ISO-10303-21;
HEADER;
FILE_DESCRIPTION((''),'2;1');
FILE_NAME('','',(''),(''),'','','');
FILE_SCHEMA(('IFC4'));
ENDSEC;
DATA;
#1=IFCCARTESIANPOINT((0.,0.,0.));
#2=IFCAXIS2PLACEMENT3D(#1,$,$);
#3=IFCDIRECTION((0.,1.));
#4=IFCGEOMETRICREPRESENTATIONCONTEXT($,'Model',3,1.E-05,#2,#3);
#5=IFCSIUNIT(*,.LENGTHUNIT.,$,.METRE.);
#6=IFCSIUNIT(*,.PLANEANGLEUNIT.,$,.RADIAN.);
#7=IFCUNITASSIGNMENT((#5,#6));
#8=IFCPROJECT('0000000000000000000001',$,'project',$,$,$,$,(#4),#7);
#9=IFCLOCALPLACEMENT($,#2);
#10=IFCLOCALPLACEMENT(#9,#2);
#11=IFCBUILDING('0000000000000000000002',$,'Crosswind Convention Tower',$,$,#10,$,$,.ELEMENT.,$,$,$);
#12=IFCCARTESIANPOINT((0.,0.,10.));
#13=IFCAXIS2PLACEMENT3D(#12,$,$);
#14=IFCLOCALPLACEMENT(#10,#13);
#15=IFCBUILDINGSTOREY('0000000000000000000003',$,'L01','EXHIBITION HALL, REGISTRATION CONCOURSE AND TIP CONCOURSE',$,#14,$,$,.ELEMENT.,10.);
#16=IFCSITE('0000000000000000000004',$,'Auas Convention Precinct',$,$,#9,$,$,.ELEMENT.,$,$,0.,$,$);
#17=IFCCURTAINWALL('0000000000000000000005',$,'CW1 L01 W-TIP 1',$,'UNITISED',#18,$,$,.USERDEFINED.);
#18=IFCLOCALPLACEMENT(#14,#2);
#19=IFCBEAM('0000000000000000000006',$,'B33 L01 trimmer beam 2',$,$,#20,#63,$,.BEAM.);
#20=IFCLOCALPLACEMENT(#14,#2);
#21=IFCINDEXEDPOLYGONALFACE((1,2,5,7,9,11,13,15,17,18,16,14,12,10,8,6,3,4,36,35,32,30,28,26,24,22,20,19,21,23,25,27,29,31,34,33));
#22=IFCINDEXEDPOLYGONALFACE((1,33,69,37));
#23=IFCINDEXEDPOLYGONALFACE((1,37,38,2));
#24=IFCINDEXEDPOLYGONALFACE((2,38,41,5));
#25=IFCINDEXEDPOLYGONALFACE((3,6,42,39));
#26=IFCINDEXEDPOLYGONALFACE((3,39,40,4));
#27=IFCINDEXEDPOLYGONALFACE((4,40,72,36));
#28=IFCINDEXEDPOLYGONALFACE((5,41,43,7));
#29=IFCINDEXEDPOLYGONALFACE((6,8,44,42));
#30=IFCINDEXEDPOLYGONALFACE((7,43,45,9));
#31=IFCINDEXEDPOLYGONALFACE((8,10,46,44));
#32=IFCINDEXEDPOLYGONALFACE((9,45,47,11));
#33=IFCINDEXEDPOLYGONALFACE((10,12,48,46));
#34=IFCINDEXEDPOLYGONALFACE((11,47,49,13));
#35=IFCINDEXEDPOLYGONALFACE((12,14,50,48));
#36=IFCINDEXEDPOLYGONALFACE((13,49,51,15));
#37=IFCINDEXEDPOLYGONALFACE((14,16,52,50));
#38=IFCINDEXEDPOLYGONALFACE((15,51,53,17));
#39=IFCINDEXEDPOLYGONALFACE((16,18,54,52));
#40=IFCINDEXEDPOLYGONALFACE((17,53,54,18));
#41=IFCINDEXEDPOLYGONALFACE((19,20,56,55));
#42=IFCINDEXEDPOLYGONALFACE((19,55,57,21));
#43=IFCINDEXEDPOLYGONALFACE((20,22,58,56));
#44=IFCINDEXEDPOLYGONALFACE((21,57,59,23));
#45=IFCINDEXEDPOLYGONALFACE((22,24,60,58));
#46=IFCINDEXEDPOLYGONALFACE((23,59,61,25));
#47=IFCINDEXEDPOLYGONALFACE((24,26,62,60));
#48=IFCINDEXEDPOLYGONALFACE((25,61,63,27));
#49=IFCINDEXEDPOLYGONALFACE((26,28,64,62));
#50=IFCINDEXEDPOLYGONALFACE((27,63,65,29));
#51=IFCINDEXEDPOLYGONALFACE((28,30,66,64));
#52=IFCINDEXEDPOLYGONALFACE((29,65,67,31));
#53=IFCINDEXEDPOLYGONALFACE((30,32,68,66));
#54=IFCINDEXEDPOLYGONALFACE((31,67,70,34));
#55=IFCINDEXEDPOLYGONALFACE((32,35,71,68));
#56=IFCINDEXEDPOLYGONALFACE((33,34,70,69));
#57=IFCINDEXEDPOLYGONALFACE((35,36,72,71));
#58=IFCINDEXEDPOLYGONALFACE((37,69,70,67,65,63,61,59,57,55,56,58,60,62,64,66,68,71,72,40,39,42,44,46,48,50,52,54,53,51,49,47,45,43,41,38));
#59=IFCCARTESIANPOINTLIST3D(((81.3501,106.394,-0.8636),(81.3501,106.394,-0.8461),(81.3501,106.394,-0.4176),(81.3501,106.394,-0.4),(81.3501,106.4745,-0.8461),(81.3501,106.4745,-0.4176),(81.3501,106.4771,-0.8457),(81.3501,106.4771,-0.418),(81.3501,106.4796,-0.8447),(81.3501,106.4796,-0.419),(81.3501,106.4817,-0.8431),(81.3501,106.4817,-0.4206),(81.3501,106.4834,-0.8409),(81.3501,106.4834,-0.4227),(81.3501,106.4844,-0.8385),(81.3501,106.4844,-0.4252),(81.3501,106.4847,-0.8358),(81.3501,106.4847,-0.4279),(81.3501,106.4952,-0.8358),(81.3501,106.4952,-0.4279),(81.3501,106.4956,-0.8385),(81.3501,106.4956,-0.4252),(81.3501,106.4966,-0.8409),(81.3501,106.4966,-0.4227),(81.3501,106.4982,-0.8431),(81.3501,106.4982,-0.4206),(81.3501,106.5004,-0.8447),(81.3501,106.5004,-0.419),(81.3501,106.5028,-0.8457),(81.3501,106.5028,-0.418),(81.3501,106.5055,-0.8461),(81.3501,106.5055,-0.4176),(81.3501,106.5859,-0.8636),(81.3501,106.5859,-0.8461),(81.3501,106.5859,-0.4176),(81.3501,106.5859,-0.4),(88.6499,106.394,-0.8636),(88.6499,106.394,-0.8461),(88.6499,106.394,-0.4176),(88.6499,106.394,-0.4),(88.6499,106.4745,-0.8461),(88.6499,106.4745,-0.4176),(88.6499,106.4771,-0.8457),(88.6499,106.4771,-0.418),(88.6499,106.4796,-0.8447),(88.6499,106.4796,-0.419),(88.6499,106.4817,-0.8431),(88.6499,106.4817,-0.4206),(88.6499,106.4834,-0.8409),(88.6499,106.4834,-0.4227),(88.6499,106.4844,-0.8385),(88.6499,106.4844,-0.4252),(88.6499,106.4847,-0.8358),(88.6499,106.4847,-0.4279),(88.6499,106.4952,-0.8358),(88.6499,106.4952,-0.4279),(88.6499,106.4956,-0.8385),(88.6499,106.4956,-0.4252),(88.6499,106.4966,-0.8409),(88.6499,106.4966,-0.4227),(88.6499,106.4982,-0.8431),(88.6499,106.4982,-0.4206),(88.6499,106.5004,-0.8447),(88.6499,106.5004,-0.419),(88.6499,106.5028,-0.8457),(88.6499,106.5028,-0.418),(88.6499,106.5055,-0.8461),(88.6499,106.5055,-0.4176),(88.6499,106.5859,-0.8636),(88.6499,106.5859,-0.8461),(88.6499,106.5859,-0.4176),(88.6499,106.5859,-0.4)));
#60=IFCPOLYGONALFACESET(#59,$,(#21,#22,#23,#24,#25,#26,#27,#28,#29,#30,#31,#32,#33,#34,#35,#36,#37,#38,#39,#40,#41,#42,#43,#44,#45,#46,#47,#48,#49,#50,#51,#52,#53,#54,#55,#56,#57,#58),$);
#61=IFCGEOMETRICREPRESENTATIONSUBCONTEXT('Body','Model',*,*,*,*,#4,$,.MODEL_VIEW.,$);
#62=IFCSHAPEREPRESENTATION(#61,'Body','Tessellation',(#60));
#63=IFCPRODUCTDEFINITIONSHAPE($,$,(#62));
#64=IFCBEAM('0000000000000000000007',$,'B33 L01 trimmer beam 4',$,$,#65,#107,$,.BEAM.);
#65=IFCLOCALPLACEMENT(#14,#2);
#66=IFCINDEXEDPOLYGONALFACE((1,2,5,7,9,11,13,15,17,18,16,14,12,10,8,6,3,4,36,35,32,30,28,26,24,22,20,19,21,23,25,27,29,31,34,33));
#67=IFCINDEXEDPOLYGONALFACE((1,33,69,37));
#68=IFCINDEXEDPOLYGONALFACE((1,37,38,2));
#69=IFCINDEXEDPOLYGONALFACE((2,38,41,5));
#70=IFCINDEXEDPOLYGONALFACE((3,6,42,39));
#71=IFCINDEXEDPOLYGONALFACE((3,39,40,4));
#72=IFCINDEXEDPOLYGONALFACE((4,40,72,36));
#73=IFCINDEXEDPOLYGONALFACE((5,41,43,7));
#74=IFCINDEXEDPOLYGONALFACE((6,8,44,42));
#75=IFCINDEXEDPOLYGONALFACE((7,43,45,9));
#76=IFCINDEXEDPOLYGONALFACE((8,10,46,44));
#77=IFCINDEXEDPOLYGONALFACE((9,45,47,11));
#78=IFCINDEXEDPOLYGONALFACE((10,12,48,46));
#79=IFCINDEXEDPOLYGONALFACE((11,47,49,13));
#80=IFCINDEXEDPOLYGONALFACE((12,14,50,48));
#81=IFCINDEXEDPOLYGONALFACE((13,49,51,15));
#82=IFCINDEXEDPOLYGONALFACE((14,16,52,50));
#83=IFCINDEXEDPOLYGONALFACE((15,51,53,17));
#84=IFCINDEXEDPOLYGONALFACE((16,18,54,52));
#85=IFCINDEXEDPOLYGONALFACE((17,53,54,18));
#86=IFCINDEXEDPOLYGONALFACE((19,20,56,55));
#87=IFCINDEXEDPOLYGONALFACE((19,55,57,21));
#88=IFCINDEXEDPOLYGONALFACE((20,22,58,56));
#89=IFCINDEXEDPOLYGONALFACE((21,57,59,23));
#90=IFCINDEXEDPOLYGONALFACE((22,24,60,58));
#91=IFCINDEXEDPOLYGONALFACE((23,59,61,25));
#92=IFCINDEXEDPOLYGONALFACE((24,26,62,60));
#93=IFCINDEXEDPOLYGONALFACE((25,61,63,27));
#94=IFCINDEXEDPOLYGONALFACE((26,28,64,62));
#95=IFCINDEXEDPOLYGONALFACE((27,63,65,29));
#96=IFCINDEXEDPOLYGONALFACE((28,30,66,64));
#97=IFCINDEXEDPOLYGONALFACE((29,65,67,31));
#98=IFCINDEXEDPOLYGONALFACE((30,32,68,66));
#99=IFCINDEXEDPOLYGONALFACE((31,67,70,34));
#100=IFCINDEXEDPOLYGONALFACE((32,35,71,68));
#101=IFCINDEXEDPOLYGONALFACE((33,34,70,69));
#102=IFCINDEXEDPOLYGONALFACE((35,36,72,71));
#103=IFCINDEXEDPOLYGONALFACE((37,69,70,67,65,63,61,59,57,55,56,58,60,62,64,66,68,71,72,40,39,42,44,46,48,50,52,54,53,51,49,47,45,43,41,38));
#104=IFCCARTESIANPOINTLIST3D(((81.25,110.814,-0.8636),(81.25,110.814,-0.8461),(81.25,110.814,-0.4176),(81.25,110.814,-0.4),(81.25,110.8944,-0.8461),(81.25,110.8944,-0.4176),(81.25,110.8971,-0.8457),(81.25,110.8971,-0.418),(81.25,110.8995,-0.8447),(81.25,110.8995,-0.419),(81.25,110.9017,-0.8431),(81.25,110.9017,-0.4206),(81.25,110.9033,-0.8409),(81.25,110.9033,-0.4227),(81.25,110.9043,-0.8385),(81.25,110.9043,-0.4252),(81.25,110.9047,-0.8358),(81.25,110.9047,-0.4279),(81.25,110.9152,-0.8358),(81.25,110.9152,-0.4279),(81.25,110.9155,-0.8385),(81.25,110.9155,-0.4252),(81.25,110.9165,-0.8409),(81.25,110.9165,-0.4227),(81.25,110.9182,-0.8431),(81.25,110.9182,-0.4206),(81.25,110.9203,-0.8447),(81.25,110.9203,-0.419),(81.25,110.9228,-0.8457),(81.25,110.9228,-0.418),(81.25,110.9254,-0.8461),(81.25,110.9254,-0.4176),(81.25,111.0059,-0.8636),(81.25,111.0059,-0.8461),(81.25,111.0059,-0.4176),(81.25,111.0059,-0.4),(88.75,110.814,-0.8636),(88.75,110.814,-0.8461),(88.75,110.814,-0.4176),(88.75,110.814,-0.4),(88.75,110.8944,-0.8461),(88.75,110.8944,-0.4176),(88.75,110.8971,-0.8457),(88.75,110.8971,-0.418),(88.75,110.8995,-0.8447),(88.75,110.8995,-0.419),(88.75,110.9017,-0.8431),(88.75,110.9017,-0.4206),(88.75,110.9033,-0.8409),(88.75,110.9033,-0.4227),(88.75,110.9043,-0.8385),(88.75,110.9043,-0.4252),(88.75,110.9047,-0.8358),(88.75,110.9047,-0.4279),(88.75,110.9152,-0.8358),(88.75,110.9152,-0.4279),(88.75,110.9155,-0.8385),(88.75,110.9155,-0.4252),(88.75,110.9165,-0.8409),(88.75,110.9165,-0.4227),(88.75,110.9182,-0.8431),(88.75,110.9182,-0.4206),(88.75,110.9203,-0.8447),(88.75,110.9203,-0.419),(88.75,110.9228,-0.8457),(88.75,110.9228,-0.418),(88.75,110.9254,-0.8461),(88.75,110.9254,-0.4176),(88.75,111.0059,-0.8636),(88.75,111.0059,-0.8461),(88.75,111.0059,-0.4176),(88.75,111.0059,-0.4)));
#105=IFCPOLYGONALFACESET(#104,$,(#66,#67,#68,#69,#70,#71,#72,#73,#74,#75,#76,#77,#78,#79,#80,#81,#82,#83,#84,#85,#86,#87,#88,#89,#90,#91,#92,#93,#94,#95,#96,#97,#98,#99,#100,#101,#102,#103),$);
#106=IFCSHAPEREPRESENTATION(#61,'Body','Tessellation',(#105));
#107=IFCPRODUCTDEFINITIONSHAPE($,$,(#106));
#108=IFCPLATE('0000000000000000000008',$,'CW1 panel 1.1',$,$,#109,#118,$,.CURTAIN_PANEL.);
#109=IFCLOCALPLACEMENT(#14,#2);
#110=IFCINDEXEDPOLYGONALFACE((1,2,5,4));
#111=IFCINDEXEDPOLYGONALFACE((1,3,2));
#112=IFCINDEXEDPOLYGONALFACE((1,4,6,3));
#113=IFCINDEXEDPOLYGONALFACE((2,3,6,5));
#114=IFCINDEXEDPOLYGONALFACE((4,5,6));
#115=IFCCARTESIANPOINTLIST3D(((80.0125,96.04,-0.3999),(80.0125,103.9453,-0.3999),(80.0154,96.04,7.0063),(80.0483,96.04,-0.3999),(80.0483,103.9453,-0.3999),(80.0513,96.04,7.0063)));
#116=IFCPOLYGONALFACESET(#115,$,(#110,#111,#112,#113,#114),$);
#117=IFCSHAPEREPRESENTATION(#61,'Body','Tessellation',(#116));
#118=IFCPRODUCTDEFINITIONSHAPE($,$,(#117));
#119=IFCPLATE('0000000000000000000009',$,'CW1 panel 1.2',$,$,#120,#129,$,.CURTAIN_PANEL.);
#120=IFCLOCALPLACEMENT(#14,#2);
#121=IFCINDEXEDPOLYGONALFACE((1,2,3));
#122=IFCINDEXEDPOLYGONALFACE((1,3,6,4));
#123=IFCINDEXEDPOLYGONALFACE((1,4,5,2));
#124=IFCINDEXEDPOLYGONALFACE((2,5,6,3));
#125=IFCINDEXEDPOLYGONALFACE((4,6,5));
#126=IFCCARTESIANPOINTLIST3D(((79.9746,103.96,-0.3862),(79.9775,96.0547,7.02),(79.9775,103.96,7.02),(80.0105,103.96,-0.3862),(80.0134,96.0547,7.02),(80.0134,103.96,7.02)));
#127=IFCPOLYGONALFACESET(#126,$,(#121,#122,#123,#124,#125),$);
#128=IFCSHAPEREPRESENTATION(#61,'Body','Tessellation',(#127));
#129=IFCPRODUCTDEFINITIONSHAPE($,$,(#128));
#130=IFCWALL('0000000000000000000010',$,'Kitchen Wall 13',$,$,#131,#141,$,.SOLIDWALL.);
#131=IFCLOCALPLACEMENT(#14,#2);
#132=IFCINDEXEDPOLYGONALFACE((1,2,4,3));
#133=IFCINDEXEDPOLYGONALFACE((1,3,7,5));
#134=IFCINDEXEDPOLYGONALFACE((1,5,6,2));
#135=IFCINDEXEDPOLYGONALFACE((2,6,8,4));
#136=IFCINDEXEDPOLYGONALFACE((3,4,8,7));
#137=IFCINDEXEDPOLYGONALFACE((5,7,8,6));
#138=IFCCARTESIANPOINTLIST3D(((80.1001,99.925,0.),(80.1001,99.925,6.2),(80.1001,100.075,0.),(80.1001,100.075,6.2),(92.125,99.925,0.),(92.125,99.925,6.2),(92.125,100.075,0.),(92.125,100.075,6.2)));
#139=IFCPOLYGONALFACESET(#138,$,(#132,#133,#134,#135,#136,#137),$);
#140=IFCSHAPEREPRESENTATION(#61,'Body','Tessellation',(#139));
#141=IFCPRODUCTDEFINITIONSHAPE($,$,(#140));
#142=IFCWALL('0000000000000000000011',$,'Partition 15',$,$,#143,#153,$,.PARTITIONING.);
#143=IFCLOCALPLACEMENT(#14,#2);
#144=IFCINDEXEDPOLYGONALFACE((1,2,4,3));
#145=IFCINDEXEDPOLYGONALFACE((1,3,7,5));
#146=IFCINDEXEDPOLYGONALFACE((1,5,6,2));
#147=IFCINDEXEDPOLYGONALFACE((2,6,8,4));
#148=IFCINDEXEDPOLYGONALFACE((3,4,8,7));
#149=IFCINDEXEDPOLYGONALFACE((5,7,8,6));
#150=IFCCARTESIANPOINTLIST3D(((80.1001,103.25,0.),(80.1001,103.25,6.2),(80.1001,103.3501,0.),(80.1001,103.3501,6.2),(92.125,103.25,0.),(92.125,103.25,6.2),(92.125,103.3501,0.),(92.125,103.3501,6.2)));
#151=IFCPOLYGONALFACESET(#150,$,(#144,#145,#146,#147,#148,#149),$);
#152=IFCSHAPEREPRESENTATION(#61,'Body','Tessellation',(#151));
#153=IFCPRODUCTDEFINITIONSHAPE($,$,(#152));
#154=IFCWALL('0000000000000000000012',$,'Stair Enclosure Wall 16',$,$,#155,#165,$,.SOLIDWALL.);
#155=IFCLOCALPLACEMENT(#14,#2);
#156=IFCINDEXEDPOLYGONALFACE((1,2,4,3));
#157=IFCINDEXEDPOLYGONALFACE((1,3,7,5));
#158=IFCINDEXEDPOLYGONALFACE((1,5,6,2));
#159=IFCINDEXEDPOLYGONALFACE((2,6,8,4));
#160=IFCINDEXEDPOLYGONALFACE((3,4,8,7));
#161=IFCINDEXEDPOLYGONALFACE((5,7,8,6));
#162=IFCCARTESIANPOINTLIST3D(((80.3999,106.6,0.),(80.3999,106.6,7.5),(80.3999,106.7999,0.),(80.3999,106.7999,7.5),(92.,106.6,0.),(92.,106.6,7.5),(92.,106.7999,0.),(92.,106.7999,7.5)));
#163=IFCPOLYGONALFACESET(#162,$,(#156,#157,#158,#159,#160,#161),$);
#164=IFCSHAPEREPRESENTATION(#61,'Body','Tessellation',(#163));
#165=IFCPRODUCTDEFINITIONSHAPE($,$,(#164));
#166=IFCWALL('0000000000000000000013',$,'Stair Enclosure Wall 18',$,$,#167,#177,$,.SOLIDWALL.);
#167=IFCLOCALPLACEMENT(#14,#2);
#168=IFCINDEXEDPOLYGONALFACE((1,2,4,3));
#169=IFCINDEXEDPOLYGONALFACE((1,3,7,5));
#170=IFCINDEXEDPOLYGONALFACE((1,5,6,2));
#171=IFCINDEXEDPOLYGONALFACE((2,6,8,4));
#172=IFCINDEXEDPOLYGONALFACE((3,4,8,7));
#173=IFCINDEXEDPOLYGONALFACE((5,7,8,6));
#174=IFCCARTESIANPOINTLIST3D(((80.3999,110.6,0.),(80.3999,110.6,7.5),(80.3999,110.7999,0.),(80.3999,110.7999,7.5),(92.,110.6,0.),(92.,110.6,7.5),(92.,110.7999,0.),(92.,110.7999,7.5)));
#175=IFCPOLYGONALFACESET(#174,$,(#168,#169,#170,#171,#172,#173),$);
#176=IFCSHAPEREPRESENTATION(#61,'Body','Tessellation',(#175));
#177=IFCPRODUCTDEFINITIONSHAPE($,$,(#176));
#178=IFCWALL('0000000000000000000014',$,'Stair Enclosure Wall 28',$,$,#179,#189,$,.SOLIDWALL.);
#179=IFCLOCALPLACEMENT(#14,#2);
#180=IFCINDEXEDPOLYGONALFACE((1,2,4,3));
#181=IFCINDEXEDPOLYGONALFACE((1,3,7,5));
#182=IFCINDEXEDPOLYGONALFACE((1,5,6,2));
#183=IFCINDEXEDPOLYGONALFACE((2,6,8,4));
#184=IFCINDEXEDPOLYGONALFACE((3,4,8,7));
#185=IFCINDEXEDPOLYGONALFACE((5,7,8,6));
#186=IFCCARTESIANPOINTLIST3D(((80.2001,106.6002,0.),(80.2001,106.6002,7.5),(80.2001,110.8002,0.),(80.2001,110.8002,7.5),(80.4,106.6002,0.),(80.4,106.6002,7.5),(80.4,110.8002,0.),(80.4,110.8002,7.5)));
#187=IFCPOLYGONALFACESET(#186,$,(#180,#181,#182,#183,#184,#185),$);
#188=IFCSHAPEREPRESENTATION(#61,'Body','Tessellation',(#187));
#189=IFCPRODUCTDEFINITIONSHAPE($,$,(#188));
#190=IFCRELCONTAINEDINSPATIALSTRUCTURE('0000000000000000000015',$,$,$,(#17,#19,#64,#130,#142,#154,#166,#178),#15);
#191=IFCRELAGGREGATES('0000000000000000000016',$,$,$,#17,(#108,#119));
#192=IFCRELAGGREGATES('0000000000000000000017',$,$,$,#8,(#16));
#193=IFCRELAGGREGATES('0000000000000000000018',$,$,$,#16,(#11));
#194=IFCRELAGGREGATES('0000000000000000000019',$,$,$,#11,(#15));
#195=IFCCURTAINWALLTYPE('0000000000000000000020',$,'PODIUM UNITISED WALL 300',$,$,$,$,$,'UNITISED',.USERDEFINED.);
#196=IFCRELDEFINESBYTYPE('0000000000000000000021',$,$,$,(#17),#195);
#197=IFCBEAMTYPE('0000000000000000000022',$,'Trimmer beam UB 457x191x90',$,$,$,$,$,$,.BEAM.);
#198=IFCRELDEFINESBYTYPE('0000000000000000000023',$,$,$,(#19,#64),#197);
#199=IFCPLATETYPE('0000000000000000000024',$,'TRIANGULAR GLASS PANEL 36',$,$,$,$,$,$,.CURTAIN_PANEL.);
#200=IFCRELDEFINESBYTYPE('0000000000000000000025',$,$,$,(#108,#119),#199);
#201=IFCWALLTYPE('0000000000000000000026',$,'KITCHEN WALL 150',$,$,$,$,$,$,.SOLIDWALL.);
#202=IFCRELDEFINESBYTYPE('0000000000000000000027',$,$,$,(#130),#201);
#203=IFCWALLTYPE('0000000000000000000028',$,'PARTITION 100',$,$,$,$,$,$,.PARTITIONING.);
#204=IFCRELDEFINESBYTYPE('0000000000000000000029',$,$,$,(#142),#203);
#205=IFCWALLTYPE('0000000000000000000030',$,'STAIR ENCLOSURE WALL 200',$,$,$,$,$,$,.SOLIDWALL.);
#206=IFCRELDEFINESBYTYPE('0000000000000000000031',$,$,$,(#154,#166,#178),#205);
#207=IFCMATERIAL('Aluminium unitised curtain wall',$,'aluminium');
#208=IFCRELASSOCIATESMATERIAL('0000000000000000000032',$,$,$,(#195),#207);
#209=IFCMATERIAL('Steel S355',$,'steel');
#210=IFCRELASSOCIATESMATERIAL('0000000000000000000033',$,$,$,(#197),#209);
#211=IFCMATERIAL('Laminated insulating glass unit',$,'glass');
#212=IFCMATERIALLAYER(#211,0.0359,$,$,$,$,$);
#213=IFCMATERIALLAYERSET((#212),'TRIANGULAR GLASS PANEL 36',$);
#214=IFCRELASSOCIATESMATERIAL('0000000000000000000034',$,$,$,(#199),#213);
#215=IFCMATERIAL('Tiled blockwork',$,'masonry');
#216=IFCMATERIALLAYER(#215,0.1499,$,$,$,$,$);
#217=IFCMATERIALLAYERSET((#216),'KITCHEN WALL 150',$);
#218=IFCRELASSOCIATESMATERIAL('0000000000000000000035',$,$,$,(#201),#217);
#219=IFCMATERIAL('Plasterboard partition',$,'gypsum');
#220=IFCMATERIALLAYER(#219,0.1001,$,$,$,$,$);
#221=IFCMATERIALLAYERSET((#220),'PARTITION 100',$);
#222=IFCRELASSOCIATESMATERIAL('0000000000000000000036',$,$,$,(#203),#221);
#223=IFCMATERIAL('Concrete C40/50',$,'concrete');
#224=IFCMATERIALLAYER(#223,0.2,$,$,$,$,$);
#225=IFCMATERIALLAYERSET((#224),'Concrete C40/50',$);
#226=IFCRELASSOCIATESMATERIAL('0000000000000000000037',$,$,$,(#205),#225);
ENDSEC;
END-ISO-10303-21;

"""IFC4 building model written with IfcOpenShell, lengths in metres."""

from ifc_helpers import new_model, si_unit, direction, frame, frame_2d, origin, origin_2d, place, context, subcontext, project, spatial, polyline, rectangle, i_section, outline, extrude, material, layer, layer_set, material_profile, profile_set, type_object, element, aggregate, save


model = new_model("IFC4")

# Units and contexts
model_context = context("Model", 3, precision=1e-05, world=origin(), true_north=direction((0.0, 1.0)))
body_context = subcontext(model_context, "Body", "Model", "MODEL_VIEW")
ifc_project = project(units=[si_unit("LENGTHUNIT", "METRE"), si_unit("PLANEANGLEUNIT", "RADIAN")], contexts=[model_context])

# Site, building, storey
site_placement = place(None, origin())
site = spatial("IfcSite", under=ifc_project, at=site_placement, Name="Auas Convention Precinct", CompositionType="ELEMENT", RefElevation=0.0)
building_placement = place(site_placement, origin())
building = spatial("IfcBuilding", under=site, at=building_placement, Name="Crosswind Convention Tower", CompositionType="ELEMENT")
storey_placement = place(building_placement, frame((0.0, 0.0, 10.0)))
storey = spatial("IfcBuildingStorey", under=building, at=storey_placement, Name="L01", Description="EXHIBITION HALL, REGISTRATION CONCOURSE AND TIP CONCOURSE", CompositionType="ELEMENT", Elevation=10.0)

# Shared definitions
ifc_material_1 = material(Name="Steel S355", Category="steel")

# Curtain wall
ifc_material_2 = material(Name="Aluminium unitised curtain wall", Category="aluminium")
curtain_wall_type = type_object("IfcCurtainWallType", Name="PODIUM UNITISED WALL 300", ElementType="UNITISED", PredefinedType="USERDEFINED", material=ifc_material_2)
curtain_wall_placement = place(storey_placement, origin())
curtain_wall = element("IfcCurtainWall", 1, at=curtain_wall_placement, inside=storey, type_object=curtain_wall_type, Name="CW1 L01 W-TIP 1", ObjectType="UNITISED", PredefinedType="USERDEFINED")

# Beams
ifc_material_profile_1 = material_profile(ifc_material_1, i_section(OverallWidth=0.1919, OverallDepth=0.4636, WebThickness=0.0105, FlangeThickness=0.0176, FilletRadius=0.0103, at=origin_2d()), Name="UB 457x191x90")
ifc_profile_set_1 = profile_set([ifc_material_profile_1], Name="Steel S355")
beam_type_1 = type_object("IfcBeamType", Name="Trimmer beam UB 457x191x90", PredefinedType="BEAM", material=ifc_profile_set_1)
beam_1_placement = place(storey_placement, frame((88.6499, 106.49, -0.6318), z_axis=(-1.0, 0.0, 0.0), x_axis=(0.0, -1.0, 0.0)))
element("IfcBeam", 2, at=beam_1_placement, inside=storey, type_object=beam_type_1, Name="B33 L01 trimmer beam 2", PredefinedType="BEAM", context=body_context, shape_type="SweptSolid", body=[
    extrude(i_section(OverallWidth=0.1919, OverallDepth=0.4636, WebThickness=0.0105, FlangeThickness=0.0176, FilletRadius=0.0103, at=origin_2d()), origin(), (0.0, 0.0, 1.0), 7.2998),
])
beam_2_placement = place(storey_placement, frame((88.75, 110.9099, -0.6318), z_axis=(-1.0, 0.0, 0.0), x_axis=(0.0, -1.0, 0.0)))
element("IfcBeam", 3, at=beam_2_placement, inside=storey, type_object=beam_type_1, Name="B33 L01 trimmer beam 4", PredefinedType="BEAM", context=body_context, shape_type="SweptSolid", body=[
    extrude(i_section(OverallWidth=0.1919, OverallDepth=0.4636, WebThickness=0.0105, FlangeThickness=0.0176, FilletRadius=0.0103, at=origin_2d()), origin(), (0.0, 0.0, 1.0), 7.5),
])

# Plates
ifc_material_3 = material(Name="Laminated insulating glass unit", Category="glass")
ifc_layer_1 = layer(ifc_material_3, 0.0359)
ifc_layer_set_1 = layer_set([ifc_layer_1], Name="TRIANGULAR GLASS PANEL 36")
plate_type = type_object("IfcPlateType", Name="TRIANGULAR GLASS PANEL 36", PredefinedType="CURTAIN_PANEL", material=ifc_layer_set_1)
plate_1_placement = place(storey_placement, frame((80.0125, 96.04, -0.3999), z_axis=(-1.0, 0.0, 0.000396), x_axis=(0.000396, 0.0, 1.0)))
plate_1 = element("IfcPlate", 4, at=plate_1_placement, type_object=plate_type, Name="CW1 panel 1.1", PredefinedType="CURTAIN_PANEL", context=body_context, shape_type="SweptSolid", body=[
    extrude(outline(polyline([(0.0, 0.0), (7.4063, 0.0), (0.0, 7.9053), (0.0, 0.0)])), origin(), (0.0, 0.0, -1.0), 0.0359),
])
plate_2_placement = place(storey_placement, frame((79.9775, 103.96, 7.02), z_axis=(-1.0, 0.0, 0.000396), x_axis=(-0.000396, 0.0, -1.0)))
plate_2 = element("IfcPlate", 5, at=plate_2_placement, type_object=plate_type, Name="CW1 panel 1.2", PredefinedType="CURTAIN_PANEL", context=body_context, shape_type="SweptSolid", body=[
    extrude(outline(polyline([(0.0, 0.0), (7.4063, 0.0), (0.0, 7.9053), (0.0, 0.0)])), origin(), (0.0, 0.0, -1.0), 0.0359),
])

# Walls
ifc_material_4 = material(Name="Tiled blockwork", Category="masonry")
ifc_layer_2 = layer(ifc_material_4, 0.1499)
ifc_layer_set_2 = layer_set([ifc_layer_2], Name="KITCHEN WALL 150")
wall_type_1 = type_object("IfcWallType", Name="KITCHEN WALL 150", PredefinedType="SOLIDWALL", material=ifc_layer_set_2)
wall_1_placement = place(storey_placement, frame((80.1001, 100.0, 0.0), z_axis=(0.0, 0.0, 1.0), x_axis=(1.0, 0.0, 0.0)))
element("IfcWall", 6, at=wall_1_placement, inside=storey, type_object=wall_type_1, Name="Kitchen Wall 13", PredefinedType="SOLIDWALL", context=body_context, shape_type="SweptSolid", body=[
    extrude(rectangle(XDim=12.0249, YDim=0.1499, at=frame_2d((6.0125, 0.0))), origin(), (0.0, 0.0, 1.0), 6.2),
])
ifc_material_5 = material(Name="Plasterboard partition", Category="gypsum")
ifc_layer_3 = layer(ifc_material_5, 0.1001)
ifc_layer_set_3 = layer_set([ifc_layer_3], Name="PARTITION 100")
wall_type_2 = type_object("IfcWallType", Name="PARTITION 100", PredefinedType="PARTITIONING", material=ifc_layer_set_3)
wall_2_placement = place(storey_placement, frame((80.1001, 103.3, 0.0), z_axis=(0.0, 0.0, 1.0), x_axis=(1.0, 0.0, 0.0)))
element("IfcWall", 7, at=wall_2_placement, inside=storey, type_object=wall_type_2, Name="Partition 15", PredefinedType="PARTITIONING", context=body_context, shape_type="SweptSolid", body=[
    extrude(rectangle(XDim=12.0249, YDim=0.1001, at=frame_2d((6.0125, 0.0))), origin(), (0.0, 0.0, 1.0), 6.2),
])
ifc_material_6 = material(Name="Concrete C40/50", Category="concrete")
ifc_layer_4 = layer(ifc_material_6, 0.2)
ifc_layer_set_4 = layer_set([ifc_layer_4], Name="Concrete C40/50")
wall_type_3 = type_object("IfcWallType", Name="STAIR ENCLOSURE WALL 200", PredefinedType="SOLIDWALL", material=ifc_layer_set_4)
for number, where, z_axis, x_axis, name in (
    (8, (80.3999, 106.7, 0.0), (0.0, 0.0, 1.0), (1.0, 0.0, 0.0), "Stair Enclosure Wall 16"),
    (9, (80.3999, 110.7, 0.0), (0.0, 0.0, 1.0), (1.0, 0.0, 0.0), "Stair Enclosure Wall 18"),
):
    element("IfcWall", number, at=place(storey_placement, frame(where, z_axis=z_axis, x_axis=x_axis)), inside=storey, type_object=wall_type_3, Name=name, PredefinedType="SOLIDWALL", context=body_context, shape_type="SweptSolid", body=[
        extrude(rectangle(XDim=11.6001, YDim=0.2, at=frame_2d((5.8, 0.0))), origin(), (0.0, 0.0, 1.0), 7.5),
    ])
wall_3_placement = place(storey_placement, frame((80.3, 106.6001, 0.0), z_axis=(0.0, 0.0, 1.0), x_axis=(0.0, 1.0, 0.0)))
element("IfcWall", 10, at=wall_3_placement, inside=storey, type_object=wall_type_3, Name="Stair Enclosure Wall 28", PredefinedType="SOLIDWALL", context=body_context, shape_type="SweptSolid", body=[
    extrude(rectangle(XDim=4.2, YDim=0.2, at=frame_2d((2.1001, 0.0))), origin(), (0.0, 0.0, 1.0), 7.5),
])

aggregate(curtain_wall, [plate_1, plate_2])

save(model, "model.ifc")
